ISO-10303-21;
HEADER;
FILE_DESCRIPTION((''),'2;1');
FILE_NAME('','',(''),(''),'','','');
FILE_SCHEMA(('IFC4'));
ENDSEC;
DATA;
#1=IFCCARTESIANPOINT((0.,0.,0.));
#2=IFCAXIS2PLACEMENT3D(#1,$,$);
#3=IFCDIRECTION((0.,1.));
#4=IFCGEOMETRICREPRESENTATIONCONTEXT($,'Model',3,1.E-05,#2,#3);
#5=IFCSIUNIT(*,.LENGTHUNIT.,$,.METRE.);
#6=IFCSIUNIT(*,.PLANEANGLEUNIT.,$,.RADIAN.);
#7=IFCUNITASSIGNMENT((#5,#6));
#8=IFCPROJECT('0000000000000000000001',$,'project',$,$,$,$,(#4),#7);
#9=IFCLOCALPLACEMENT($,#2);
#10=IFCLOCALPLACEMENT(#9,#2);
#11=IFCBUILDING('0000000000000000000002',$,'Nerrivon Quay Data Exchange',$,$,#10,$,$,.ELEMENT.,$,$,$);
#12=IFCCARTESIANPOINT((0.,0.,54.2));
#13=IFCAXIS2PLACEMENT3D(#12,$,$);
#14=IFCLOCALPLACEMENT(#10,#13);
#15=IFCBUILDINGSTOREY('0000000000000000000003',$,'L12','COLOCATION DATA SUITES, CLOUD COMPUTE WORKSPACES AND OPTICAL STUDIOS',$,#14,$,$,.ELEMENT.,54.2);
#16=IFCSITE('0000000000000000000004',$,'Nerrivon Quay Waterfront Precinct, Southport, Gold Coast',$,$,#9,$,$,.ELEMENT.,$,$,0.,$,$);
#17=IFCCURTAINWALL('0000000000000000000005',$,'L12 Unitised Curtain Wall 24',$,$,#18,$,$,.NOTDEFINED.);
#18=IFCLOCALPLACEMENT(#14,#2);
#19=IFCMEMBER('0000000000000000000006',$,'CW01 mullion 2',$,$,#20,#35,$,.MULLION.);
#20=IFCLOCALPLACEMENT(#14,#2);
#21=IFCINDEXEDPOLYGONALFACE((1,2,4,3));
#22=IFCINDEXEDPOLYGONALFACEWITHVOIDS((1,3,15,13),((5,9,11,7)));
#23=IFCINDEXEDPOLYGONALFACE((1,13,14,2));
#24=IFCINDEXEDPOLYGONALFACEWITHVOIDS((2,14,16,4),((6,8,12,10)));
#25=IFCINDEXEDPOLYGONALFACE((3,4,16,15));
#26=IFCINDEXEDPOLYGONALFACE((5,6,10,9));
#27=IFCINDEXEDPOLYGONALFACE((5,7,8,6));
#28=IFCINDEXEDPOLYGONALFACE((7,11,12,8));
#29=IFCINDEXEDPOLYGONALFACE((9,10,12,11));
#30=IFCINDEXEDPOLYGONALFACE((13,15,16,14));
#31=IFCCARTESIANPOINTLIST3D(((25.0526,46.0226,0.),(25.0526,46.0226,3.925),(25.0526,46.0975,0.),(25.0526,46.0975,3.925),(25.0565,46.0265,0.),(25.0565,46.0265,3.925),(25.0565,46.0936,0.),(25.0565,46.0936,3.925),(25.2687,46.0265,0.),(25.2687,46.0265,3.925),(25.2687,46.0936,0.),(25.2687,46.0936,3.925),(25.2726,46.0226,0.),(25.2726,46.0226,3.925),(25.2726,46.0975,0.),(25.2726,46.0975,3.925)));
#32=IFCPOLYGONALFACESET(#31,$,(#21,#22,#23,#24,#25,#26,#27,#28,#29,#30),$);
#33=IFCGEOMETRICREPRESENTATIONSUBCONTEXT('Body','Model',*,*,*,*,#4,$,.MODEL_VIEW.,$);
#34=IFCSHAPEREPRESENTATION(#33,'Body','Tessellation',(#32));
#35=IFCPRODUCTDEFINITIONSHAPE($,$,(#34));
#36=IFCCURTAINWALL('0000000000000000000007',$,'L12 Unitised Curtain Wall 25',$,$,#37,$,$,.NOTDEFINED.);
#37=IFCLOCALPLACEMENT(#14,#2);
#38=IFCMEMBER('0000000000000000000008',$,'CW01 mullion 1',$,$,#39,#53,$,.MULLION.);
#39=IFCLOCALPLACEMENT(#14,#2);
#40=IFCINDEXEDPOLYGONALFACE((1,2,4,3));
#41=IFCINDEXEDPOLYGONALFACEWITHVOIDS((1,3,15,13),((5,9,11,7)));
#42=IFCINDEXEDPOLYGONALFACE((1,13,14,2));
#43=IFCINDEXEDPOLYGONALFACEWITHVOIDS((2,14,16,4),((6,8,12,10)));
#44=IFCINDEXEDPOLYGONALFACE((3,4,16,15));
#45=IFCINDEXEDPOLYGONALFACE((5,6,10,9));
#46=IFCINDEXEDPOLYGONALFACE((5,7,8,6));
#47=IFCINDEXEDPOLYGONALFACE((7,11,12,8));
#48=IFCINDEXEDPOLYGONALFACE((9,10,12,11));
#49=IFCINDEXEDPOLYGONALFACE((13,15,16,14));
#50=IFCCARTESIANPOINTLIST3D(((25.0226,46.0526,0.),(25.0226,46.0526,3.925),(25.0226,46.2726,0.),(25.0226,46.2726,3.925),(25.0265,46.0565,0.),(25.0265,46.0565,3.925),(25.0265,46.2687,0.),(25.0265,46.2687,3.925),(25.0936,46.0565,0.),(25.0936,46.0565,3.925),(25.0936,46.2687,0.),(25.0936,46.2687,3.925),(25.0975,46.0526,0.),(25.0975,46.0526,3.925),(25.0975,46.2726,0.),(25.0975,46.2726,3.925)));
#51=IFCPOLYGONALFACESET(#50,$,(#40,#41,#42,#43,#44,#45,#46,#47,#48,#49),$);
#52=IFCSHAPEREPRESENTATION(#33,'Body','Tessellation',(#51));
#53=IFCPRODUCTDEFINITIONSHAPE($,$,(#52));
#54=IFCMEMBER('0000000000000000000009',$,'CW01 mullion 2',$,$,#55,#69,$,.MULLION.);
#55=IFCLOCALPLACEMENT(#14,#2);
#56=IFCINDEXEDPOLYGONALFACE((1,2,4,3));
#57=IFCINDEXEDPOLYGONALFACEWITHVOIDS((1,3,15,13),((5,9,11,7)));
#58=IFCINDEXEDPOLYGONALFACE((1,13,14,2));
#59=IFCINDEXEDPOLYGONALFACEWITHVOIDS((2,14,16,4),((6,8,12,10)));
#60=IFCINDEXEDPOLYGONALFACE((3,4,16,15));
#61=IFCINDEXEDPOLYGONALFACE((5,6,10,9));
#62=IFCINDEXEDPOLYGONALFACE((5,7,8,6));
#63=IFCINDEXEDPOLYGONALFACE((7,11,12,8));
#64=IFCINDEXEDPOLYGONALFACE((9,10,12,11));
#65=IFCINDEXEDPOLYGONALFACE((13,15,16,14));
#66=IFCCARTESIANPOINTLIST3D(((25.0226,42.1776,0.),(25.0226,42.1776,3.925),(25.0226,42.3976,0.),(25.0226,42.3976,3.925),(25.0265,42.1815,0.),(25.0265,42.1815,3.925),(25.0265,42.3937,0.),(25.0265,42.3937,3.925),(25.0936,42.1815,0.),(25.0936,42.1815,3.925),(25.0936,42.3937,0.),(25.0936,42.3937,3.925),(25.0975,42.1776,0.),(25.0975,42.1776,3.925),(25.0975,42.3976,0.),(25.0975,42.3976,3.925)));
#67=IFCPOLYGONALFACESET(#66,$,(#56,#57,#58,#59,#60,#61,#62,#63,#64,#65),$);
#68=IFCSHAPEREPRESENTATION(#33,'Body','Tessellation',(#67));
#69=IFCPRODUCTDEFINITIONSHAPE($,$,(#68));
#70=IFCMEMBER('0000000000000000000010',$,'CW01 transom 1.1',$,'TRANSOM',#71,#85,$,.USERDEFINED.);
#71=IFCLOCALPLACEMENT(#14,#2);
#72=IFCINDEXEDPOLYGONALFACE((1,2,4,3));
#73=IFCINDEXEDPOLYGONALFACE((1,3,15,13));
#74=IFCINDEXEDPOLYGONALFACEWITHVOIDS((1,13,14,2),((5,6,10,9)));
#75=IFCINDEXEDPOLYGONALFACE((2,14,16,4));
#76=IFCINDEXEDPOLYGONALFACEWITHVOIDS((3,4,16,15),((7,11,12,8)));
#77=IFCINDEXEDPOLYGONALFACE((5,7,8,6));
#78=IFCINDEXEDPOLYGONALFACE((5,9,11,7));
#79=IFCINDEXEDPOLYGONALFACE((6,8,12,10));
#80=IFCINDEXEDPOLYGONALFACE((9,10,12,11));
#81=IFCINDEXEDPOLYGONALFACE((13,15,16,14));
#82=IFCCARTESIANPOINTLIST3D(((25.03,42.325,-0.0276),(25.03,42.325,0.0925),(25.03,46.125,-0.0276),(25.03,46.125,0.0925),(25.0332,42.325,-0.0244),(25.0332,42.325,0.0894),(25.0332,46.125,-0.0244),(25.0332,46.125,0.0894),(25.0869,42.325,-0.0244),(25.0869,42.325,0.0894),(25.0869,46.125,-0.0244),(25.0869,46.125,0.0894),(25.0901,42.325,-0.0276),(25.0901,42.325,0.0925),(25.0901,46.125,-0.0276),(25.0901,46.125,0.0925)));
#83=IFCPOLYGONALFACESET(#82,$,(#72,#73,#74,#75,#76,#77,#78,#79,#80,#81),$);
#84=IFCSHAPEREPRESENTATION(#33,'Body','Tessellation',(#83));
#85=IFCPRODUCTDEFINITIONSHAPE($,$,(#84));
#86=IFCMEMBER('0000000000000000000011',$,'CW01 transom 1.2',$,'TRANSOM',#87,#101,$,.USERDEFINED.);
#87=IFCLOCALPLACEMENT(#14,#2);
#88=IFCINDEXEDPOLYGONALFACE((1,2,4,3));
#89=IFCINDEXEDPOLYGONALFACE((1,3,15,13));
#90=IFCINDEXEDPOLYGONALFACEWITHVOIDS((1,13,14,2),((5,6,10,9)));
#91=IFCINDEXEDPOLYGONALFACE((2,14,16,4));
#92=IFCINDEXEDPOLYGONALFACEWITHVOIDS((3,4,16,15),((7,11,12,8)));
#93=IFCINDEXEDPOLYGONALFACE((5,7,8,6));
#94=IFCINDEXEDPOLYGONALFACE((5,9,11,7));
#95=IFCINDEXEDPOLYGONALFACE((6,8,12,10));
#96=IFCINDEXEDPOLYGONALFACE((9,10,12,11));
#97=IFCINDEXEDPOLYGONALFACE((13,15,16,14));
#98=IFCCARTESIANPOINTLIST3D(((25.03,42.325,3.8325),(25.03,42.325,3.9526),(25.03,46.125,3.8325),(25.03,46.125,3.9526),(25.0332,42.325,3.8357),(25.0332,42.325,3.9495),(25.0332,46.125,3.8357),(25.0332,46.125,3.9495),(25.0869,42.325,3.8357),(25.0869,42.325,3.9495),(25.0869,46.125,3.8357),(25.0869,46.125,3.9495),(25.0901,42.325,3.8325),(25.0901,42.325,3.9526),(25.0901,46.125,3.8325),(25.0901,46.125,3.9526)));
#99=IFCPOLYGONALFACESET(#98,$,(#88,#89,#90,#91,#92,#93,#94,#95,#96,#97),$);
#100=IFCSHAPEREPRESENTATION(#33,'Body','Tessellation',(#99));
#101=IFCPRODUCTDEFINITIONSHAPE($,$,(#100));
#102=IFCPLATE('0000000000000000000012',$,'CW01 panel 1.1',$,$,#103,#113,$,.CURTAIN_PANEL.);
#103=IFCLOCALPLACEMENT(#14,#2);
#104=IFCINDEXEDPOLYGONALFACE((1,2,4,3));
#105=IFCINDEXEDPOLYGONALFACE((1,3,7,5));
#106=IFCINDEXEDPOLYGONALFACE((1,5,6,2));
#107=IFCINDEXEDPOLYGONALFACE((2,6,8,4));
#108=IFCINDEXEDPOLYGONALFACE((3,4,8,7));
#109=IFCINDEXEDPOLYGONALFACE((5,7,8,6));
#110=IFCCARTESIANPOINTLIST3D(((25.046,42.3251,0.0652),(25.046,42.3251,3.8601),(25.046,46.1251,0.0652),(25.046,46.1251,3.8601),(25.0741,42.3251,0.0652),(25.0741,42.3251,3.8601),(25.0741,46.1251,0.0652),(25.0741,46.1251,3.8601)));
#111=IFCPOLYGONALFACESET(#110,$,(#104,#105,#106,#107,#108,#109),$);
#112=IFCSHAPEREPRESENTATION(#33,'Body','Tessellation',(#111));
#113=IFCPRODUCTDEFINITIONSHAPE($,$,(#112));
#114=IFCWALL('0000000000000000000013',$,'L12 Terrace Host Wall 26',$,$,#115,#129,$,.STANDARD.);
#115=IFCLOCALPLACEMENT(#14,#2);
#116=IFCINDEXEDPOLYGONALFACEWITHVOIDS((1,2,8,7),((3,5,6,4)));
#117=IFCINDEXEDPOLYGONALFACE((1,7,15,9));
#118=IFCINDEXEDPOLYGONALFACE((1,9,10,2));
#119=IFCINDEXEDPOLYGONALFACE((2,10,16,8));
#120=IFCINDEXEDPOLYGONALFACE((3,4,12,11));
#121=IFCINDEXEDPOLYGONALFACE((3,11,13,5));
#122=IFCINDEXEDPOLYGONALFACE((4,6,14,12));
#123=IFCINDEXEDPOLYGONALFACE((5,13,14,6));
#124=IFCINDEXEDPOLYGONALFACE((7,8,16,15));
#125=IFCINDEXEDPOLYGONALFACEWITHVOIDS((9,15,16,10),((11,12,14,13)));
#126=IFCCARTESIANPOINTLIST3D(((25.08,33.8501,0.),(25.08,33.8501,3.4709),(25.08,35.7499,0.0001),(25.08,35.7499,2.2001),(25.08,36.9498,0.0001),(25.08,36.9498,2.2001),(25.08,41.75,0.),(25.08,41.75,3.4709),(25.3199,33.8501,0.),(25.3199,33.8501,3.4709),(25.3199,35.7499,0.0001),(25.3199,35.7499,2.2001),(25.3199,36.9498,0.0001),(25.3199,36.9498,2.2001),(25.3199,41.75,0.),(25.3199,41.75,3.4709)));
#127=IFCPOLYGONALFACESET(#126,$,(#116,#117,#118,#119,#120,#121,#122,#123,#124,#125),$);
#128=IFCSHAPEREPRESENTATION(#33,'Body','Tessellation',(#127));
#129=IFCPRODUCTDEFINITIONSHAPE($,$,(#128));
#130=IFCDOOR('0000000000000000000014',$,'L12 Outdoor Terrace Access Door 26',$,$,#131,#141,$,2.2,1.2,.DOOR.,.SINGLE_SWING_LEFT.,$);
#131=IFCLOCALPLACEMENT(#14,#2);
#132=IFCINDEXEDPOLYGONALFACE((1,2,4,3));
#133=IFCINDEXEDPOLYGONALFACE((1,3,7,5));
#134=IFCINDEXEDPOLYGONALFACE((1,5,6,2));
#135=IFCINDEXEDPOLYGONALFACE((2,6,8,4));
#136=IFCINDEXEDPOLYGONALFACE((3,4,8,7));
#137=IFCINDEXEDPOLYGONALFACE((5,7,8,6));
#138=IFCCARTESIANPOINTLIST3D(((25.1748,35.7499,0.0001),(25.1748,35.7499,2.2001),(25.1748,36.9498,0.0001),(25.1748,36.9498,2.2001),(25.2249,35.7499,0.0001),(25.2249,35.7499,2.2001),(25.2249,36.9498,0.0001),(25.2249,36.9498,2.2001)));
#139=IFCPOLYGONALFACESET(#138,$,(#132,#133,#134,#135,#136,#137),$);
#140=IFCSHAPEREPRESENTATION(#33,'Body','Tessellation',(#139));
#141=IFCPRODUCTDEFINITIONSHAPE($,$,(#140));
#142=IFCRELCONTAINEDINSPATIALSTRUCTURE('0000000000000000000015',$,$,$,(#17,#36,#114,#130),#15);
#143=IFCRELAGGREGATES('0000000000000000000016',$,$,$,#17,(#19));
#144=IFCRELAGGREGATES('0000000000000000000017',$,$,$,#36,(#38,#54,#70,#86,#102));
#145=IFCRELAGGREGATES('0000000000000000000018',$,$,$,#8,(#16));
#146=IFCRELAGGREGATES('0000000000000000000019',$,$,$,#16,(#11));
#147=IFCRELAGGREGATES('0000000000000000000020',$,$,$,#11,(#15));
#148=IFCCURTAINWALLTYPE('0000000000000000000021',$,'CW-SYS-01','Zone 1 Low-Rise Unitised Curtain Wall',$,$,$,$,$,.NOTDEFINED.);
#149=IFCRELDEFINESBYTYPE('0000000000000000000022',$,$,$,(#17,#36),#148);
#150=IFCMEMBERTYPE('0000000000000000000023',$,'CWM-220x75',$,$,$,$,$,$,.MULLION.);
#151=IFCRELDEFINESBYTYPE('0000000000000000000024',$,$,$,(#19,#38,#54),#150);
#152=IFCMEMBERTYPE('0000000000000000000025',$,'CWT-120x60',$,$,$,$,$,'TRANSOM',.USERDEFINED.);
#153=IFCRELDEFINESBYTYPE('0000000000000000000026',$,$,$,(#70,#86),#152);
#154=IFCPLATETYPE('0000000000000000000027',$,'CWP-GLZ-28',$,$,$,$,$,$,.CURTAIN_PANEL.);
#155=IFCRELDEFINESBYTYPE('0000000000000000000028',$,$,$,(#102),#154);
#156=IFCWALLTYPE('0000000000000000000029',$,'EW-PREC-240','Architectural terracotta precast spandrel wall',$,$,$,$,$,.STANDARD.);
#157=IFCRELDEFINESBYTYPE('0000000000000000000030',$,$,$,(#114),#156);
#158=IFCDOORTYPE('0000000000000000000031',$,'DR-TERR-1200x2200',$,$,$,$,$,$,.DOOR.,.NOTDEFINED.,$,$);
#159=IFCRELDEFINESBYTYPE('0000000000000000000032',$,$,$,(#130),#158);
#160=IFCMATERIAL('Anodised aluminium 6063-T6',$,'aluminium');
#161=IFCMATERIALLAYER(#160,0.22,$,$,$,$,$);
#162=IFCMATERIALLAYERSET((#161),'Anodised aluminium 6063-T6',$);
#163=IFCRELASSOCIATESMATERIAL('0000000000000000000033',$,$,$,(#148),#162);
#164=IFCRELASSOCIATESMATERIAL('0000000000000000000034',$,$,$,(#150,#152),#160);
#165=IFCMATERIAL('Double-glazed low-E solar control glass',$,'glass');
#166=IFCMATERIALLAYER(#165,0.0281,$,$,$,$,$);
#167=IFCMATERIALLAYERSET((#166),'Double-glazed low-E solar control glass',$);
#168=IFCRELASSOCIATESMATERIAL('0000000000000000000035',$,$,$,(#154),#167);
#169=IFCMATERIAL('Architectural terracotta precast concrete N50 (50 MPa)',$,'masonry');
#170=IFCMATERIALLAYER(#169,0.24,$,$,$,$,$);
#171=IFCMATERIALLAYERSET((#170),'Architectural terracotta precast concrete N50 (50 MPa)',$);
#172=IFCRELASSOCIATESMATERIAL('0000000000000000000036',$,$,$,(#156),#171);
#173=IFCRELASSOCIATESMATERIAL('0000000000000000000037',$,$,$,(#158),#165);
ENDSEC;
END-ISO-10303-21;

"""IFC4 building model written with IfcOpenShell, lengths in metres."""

from ifc_helpers import new_model, si_unit, direction, frame, frame_2d, origin, origin_2d, place, context, subcontext, project, spatial, rectangle, hollow_rectangle, extrude, material, layer, layer_set, material_profile, profile_set, type_object, element, fill, aggregate, save


model = new_model("IFC4")

# Units and contexts
model_context = context("Model", 3, precision=1e-05, world=origin(), true_north=direction((0.0, 1.0)))
body_context = subcontext(model_context, "Body", "Model", "MODEL_VIEW")
ifc_project = project(units=[si_unit("LENGTHUNIT", "METRE"), si_unit("PLANEANGLEUNIT", "RADIAN")], contexts=[model_context])

# Site, building, storey
site_placement = place(None, origin())
site = spatial("IfcSite", under=ifc_project, at=site_placement, Name="Nerrivon Quay Waterfront Precinct, Southport, Gold Coast", CompositionType="ELEMENT", RefElevation=0.0)
building_placement = place(site_placement, origin())
building = spatial("IfcBuilding", under=site, at=building_placement, Name="Nerrivon Quay Data Exchange", CompositionType="ELEMENT")
storey_placement = place(building_placement, frame((0.0, 0.0, 54.2)))
storey = spatial("IfcBuildingStorey", under=building, at=storey_placement, Name="L12", Description="COLOCATION DATA SUITES, CLOUD COMPUTE WORKSPACES AND OPTICAL STUDIOS", CompositionType="ELEMENT", Elevation=54.2)

# Curtain wall, member
ifc_material_1 = material(Name="Anodised aluminium 6063-T6", Category="aluminium")
ifc_layer_1 = layer(ifc_material_1, 0.22)
ifc_layer_set_1 = layer_set([ifc_layer_1], Name="Anodised aluminium 6063-T6")
curtain_wall_type = type_object("IfcCurtainWallType", Name="CW-SYS-01", Description="Zone 1 Low-Rise Unitised Curtain Wall", PredefinedType="NOTDEFINED", material=ifc_layer_set_1)
curtain_wall_1_placement = place(storey_placement, origin())
curtain_wall_1 = element("IfcCurtainWall", 1, at=curtain_wall_1_placement, inside=storey, type_object=curtain_wall_type, Name="L12 Unitised Curtain Wall 24", PredefinedType="NOTDEFINED")
ifc_material_profile_1 = material_profile(ifc_material_1, hollow_rectangle(XDim=0.075, YDim=0.22, WallThickness=0.0039, at=origin_2d()), Name="ALU-MULL-220x75")
ifc_profile_set_1 = profile_set([ifc_material_profile_1], Name="Anodised aluminium 6063-T6")
member_type_1 = type_object("IfcMemberType", Name="CWM-220x75", PredefinedType="MULLION", material=ifc_profile_set_1)
member_1_placement = place(storey_placement, frame((25.1626, 46.0601, 0.0), z_axis=(0.0, 0.0, 1.0), x_axis=(0.0, 1.0, 0.0)))
member_1 = element("IfcMember", 2, at=member_1_placement, type_object=member_type_1, Name="CW01 mullion 2", PredefinedType="MULLION", context=body_context, shape_type="SweptSolid", body=[
    extrude(hollow_rectangle(XDim=0.075, YDim=0.22, WallThickness=0.0039, at=origin_2d()), origin(), (0.0, 0.0, 1.0), 3.925),
])
aggregate(curtain_wall_1, [member_1])

# Curtain wall, members, plate
curtain_wall_2_placement = place(storey_placement, origin())
curtain_wall_2 = element("IfcCurtainWall", 3, at=curtain_wall_2_placement, inside=storey, type_object=curtain_wall_type, Name="L12 Unitised Curtain Wall 25", PredefinedType="NOTDEFINED")
member_2_placement = place(storey_placement, frame((25.0601, 46.1626, 0.0), z_axis=(0.0, 0.0, 1.0), x_axis=(1.0, 0.0, 0.0)))
member_2 = element("IfcMember", 4, at=member_2_placement, type_object=member_type_1, Name="CW01 mullion 1", PredefinedType="MULLION", context=body_context, shape_type="SweptSolid", body=[
    extrude(hollow_rectangle(XDim=0.075, YDim=0.22, WallThickness=0.0039, at=origin_2d()), origin(), (0.0, 0.0, 1.0), 3.925),
])
member_3_placement = place(storey_placement, frame((25.0601, 42.2876, 0.0), z_axis=(0.0, 0.0, 1.0), x_axis=(1.0, 0.0, 0.0)))
member_3 = element("IfcMember", 5, at=member_3_placement, type_object=member_type_1, Name="CW01 mullion 2", PredefinedType="MULLION", context=body_context, shape_type="SweptSolid", body=[
    extrude(hollow_rectangle(XDim=0.075, YDim=0.22, WallThickness=0.0039, at=origin_2d()), origin(), (0.0, 0.0, 1.0), 3.925),
])
ifc_material_profile_2 = material_profile(ifc_material_1, hollow_rectangle(XDim=0.0601, YDim=0.1201, WallThickness=0.0032, at=origin_2d()), Name="ALU-TRAN-120x60")
ifc_profile_set_2 = profile_set([ifc_material_profile_2], Name="Anodised aluminium 6063-T6")
member_type_2 = type_object("IfcMemberType", Name="CWT-120x60", ElementType="TRANSOM", PredefinedType="USERDEFINED", material=ifc_profile_set_2)
member_4_placement = place(storey_placement, frame((25.0601, 46.125, 0.0325), z_axis=(0.0, -1.0, 0.0), x_axis=(1.0, 0.0, 0.0)))
member_4 = element("IfcMember", 6, at=member_4_placement, type_object=member_type_2, Name="CW01 transom 1.1", ObjectType="TRANSOM", PredefinedType="USERDEFINED", context=body_context, shape_type="SweptSolid", body=[
    extrude(hollow_rectangle(XDim=0.0601, YDim=0.1201, WallThickness=0.0032, at=origin_2d()), origin(), (0.0, 0.0, 1.0), 3.8),
])
member_5_placement = place(storey_placement, frame((25.0601, 46.125, 3.8926), z_axis=(0.0, -1.0, 0.0), x_axis=(1.0, 0.0, 0.0)))
member_5 = element("IfcMember", 7, at=member_5_placement, type_object=member_type_2, Name="CW01 transom 1.2", ObjectType="TRANSOM", PredefinedType="USERDEFINED", context=body_context, shape_type="SweptSolid", body=[
    extrude(hollow_rectangle(XDim=0.0601, YDim=0.1201, WallThickness=0.0032, at=origin_2d()), origin(), (0.0, 0.0, 1.0), 3.8),
])
ifc_material_2 = material(Name="Double-glazed low-E solar control glass", Category="glass")
ifc_layer_2 = layer(ifc_material_2, 0.0281)
ifc_layer_set_2 = layer_set([ifc_layer_2], Name="Double-glazed low-E solar control glass")
plate_type = type_object("IfcPlateType", Name="CWP-GLZ-28", PredefinedType="CURTAIN_PANEL", material=ifc_layer_set_2)
plate_placement = place(storey_placement, frame((25.0601, 44.2251, 0.0652), z_axis=(0.0, 0.0, 1.0), x_axis=(0.0, -1.0, 0.0)))
plate = element("IfcPlate", 8, at=plate_placement, type_object=plate_type, Name="CW01 panel 1.1", PredefinedType="CURTAIN_PANEL", context=body_context, shape_type="SweptSolid", body=[
    extrude(rectangle(XDim=3.8, YDim=0.0281, at=origin_2d()), origin(), (0.0, 0.0, 1.0), 3.7949),
])
aggregate(curtain_wall_2, [member_2, member_3, member_4, member_5, plate])

# Wall, opening, door
ifc_material_3 = material(Name="Architectural terracotta precast concrete N50 (50 MPa)", Category="masonry")
ifc_layer_3 = layer(ifc_material_3, 0.24)
ifc_layer_set_3 = layer_set([ifc_layer_3], Name="Architectural terracotta precast concrete N50 (50 MPa)")
wall_type = type_object("IfcWallType", Name="EW-PREC-240", Description="Architectural terracotta precast spandrel wall", PredefinedType="STANDARD", material=ifc_layer_set_3)
wall_1_placement = place(storey_placement, frame((25.2, 41.75, 0.0), z_axis=(0.0, 0.0, 1.0), x_axis=(0.0, -1.0, 0.0)))
wall_1 = element("IfcWall", 9, at=wall_1_placement, inside=storey, type_object=wall_type, Name="L12 Terrace Host Wall 26", PredefinedType="STANDARD", context=body_context, shape_type="SweptSolid", body=[
    extrude(rectangle(XDim=7.8999, YDim=0.24, at=frame_2d((3.95, 0.0))), origin(), (0.0, 0.0, 1.0), 3.4709),
])
opening_1_placement = place(wall_1_placement, frame((4.8, 0.0, 0.0)))
opening_1 = element("IfcOpeningElement", 10, at=opening_1_placement, cuts=wall_1, PredefinedType="OPENING", context=body_context, shape_type="SweptSolid", body=[
    extrude(rectangle(XDim=1.2, YDim=2.2, at=frame_2d((0.6001, 1.1001))), frame((0.0, 0.1299, 0.0), z_axis=(0.0, -1.0, 0.0), x_axis=(1.0, 0.0, 0.0)), (0.0, 0.0, 1.0), 0.26),
])
door_type = type_object("IfcDoorType", Name="DR-TERR-1200x2200", OperationType="NOTDEFINED", PredefinedType="DOOR", material=ifc_material_2)
door_1_placement = place(opening_1_placement, origin())
door_1 = element("IfcDoor", 11, at=door_1_placement, inside=storey, type_object=door_type, Name="L12 Outdoor Terrace Access Door 26", OperationType="SINGLE_SWING_LEFT", OverallHeight=2.2, OverallWidth=1.2, PredefinedType="DOOR", context=body_context, shape_type="SweptSolid", body=[
    extrude(rectangle(XDim=1.2, YDim=2.2, at=frame_2d((0.6001, 1.1001))), frame((0.0, 0.0249, 0.0), z_axis=(0.0, -1.0, 0.0), x_axis=(1.0, 0.0, 0.0)), (0.0, 0.0, 1.0), 0.05),
])
fill(opening_1, door_1)

save(model, "model.ifc")
